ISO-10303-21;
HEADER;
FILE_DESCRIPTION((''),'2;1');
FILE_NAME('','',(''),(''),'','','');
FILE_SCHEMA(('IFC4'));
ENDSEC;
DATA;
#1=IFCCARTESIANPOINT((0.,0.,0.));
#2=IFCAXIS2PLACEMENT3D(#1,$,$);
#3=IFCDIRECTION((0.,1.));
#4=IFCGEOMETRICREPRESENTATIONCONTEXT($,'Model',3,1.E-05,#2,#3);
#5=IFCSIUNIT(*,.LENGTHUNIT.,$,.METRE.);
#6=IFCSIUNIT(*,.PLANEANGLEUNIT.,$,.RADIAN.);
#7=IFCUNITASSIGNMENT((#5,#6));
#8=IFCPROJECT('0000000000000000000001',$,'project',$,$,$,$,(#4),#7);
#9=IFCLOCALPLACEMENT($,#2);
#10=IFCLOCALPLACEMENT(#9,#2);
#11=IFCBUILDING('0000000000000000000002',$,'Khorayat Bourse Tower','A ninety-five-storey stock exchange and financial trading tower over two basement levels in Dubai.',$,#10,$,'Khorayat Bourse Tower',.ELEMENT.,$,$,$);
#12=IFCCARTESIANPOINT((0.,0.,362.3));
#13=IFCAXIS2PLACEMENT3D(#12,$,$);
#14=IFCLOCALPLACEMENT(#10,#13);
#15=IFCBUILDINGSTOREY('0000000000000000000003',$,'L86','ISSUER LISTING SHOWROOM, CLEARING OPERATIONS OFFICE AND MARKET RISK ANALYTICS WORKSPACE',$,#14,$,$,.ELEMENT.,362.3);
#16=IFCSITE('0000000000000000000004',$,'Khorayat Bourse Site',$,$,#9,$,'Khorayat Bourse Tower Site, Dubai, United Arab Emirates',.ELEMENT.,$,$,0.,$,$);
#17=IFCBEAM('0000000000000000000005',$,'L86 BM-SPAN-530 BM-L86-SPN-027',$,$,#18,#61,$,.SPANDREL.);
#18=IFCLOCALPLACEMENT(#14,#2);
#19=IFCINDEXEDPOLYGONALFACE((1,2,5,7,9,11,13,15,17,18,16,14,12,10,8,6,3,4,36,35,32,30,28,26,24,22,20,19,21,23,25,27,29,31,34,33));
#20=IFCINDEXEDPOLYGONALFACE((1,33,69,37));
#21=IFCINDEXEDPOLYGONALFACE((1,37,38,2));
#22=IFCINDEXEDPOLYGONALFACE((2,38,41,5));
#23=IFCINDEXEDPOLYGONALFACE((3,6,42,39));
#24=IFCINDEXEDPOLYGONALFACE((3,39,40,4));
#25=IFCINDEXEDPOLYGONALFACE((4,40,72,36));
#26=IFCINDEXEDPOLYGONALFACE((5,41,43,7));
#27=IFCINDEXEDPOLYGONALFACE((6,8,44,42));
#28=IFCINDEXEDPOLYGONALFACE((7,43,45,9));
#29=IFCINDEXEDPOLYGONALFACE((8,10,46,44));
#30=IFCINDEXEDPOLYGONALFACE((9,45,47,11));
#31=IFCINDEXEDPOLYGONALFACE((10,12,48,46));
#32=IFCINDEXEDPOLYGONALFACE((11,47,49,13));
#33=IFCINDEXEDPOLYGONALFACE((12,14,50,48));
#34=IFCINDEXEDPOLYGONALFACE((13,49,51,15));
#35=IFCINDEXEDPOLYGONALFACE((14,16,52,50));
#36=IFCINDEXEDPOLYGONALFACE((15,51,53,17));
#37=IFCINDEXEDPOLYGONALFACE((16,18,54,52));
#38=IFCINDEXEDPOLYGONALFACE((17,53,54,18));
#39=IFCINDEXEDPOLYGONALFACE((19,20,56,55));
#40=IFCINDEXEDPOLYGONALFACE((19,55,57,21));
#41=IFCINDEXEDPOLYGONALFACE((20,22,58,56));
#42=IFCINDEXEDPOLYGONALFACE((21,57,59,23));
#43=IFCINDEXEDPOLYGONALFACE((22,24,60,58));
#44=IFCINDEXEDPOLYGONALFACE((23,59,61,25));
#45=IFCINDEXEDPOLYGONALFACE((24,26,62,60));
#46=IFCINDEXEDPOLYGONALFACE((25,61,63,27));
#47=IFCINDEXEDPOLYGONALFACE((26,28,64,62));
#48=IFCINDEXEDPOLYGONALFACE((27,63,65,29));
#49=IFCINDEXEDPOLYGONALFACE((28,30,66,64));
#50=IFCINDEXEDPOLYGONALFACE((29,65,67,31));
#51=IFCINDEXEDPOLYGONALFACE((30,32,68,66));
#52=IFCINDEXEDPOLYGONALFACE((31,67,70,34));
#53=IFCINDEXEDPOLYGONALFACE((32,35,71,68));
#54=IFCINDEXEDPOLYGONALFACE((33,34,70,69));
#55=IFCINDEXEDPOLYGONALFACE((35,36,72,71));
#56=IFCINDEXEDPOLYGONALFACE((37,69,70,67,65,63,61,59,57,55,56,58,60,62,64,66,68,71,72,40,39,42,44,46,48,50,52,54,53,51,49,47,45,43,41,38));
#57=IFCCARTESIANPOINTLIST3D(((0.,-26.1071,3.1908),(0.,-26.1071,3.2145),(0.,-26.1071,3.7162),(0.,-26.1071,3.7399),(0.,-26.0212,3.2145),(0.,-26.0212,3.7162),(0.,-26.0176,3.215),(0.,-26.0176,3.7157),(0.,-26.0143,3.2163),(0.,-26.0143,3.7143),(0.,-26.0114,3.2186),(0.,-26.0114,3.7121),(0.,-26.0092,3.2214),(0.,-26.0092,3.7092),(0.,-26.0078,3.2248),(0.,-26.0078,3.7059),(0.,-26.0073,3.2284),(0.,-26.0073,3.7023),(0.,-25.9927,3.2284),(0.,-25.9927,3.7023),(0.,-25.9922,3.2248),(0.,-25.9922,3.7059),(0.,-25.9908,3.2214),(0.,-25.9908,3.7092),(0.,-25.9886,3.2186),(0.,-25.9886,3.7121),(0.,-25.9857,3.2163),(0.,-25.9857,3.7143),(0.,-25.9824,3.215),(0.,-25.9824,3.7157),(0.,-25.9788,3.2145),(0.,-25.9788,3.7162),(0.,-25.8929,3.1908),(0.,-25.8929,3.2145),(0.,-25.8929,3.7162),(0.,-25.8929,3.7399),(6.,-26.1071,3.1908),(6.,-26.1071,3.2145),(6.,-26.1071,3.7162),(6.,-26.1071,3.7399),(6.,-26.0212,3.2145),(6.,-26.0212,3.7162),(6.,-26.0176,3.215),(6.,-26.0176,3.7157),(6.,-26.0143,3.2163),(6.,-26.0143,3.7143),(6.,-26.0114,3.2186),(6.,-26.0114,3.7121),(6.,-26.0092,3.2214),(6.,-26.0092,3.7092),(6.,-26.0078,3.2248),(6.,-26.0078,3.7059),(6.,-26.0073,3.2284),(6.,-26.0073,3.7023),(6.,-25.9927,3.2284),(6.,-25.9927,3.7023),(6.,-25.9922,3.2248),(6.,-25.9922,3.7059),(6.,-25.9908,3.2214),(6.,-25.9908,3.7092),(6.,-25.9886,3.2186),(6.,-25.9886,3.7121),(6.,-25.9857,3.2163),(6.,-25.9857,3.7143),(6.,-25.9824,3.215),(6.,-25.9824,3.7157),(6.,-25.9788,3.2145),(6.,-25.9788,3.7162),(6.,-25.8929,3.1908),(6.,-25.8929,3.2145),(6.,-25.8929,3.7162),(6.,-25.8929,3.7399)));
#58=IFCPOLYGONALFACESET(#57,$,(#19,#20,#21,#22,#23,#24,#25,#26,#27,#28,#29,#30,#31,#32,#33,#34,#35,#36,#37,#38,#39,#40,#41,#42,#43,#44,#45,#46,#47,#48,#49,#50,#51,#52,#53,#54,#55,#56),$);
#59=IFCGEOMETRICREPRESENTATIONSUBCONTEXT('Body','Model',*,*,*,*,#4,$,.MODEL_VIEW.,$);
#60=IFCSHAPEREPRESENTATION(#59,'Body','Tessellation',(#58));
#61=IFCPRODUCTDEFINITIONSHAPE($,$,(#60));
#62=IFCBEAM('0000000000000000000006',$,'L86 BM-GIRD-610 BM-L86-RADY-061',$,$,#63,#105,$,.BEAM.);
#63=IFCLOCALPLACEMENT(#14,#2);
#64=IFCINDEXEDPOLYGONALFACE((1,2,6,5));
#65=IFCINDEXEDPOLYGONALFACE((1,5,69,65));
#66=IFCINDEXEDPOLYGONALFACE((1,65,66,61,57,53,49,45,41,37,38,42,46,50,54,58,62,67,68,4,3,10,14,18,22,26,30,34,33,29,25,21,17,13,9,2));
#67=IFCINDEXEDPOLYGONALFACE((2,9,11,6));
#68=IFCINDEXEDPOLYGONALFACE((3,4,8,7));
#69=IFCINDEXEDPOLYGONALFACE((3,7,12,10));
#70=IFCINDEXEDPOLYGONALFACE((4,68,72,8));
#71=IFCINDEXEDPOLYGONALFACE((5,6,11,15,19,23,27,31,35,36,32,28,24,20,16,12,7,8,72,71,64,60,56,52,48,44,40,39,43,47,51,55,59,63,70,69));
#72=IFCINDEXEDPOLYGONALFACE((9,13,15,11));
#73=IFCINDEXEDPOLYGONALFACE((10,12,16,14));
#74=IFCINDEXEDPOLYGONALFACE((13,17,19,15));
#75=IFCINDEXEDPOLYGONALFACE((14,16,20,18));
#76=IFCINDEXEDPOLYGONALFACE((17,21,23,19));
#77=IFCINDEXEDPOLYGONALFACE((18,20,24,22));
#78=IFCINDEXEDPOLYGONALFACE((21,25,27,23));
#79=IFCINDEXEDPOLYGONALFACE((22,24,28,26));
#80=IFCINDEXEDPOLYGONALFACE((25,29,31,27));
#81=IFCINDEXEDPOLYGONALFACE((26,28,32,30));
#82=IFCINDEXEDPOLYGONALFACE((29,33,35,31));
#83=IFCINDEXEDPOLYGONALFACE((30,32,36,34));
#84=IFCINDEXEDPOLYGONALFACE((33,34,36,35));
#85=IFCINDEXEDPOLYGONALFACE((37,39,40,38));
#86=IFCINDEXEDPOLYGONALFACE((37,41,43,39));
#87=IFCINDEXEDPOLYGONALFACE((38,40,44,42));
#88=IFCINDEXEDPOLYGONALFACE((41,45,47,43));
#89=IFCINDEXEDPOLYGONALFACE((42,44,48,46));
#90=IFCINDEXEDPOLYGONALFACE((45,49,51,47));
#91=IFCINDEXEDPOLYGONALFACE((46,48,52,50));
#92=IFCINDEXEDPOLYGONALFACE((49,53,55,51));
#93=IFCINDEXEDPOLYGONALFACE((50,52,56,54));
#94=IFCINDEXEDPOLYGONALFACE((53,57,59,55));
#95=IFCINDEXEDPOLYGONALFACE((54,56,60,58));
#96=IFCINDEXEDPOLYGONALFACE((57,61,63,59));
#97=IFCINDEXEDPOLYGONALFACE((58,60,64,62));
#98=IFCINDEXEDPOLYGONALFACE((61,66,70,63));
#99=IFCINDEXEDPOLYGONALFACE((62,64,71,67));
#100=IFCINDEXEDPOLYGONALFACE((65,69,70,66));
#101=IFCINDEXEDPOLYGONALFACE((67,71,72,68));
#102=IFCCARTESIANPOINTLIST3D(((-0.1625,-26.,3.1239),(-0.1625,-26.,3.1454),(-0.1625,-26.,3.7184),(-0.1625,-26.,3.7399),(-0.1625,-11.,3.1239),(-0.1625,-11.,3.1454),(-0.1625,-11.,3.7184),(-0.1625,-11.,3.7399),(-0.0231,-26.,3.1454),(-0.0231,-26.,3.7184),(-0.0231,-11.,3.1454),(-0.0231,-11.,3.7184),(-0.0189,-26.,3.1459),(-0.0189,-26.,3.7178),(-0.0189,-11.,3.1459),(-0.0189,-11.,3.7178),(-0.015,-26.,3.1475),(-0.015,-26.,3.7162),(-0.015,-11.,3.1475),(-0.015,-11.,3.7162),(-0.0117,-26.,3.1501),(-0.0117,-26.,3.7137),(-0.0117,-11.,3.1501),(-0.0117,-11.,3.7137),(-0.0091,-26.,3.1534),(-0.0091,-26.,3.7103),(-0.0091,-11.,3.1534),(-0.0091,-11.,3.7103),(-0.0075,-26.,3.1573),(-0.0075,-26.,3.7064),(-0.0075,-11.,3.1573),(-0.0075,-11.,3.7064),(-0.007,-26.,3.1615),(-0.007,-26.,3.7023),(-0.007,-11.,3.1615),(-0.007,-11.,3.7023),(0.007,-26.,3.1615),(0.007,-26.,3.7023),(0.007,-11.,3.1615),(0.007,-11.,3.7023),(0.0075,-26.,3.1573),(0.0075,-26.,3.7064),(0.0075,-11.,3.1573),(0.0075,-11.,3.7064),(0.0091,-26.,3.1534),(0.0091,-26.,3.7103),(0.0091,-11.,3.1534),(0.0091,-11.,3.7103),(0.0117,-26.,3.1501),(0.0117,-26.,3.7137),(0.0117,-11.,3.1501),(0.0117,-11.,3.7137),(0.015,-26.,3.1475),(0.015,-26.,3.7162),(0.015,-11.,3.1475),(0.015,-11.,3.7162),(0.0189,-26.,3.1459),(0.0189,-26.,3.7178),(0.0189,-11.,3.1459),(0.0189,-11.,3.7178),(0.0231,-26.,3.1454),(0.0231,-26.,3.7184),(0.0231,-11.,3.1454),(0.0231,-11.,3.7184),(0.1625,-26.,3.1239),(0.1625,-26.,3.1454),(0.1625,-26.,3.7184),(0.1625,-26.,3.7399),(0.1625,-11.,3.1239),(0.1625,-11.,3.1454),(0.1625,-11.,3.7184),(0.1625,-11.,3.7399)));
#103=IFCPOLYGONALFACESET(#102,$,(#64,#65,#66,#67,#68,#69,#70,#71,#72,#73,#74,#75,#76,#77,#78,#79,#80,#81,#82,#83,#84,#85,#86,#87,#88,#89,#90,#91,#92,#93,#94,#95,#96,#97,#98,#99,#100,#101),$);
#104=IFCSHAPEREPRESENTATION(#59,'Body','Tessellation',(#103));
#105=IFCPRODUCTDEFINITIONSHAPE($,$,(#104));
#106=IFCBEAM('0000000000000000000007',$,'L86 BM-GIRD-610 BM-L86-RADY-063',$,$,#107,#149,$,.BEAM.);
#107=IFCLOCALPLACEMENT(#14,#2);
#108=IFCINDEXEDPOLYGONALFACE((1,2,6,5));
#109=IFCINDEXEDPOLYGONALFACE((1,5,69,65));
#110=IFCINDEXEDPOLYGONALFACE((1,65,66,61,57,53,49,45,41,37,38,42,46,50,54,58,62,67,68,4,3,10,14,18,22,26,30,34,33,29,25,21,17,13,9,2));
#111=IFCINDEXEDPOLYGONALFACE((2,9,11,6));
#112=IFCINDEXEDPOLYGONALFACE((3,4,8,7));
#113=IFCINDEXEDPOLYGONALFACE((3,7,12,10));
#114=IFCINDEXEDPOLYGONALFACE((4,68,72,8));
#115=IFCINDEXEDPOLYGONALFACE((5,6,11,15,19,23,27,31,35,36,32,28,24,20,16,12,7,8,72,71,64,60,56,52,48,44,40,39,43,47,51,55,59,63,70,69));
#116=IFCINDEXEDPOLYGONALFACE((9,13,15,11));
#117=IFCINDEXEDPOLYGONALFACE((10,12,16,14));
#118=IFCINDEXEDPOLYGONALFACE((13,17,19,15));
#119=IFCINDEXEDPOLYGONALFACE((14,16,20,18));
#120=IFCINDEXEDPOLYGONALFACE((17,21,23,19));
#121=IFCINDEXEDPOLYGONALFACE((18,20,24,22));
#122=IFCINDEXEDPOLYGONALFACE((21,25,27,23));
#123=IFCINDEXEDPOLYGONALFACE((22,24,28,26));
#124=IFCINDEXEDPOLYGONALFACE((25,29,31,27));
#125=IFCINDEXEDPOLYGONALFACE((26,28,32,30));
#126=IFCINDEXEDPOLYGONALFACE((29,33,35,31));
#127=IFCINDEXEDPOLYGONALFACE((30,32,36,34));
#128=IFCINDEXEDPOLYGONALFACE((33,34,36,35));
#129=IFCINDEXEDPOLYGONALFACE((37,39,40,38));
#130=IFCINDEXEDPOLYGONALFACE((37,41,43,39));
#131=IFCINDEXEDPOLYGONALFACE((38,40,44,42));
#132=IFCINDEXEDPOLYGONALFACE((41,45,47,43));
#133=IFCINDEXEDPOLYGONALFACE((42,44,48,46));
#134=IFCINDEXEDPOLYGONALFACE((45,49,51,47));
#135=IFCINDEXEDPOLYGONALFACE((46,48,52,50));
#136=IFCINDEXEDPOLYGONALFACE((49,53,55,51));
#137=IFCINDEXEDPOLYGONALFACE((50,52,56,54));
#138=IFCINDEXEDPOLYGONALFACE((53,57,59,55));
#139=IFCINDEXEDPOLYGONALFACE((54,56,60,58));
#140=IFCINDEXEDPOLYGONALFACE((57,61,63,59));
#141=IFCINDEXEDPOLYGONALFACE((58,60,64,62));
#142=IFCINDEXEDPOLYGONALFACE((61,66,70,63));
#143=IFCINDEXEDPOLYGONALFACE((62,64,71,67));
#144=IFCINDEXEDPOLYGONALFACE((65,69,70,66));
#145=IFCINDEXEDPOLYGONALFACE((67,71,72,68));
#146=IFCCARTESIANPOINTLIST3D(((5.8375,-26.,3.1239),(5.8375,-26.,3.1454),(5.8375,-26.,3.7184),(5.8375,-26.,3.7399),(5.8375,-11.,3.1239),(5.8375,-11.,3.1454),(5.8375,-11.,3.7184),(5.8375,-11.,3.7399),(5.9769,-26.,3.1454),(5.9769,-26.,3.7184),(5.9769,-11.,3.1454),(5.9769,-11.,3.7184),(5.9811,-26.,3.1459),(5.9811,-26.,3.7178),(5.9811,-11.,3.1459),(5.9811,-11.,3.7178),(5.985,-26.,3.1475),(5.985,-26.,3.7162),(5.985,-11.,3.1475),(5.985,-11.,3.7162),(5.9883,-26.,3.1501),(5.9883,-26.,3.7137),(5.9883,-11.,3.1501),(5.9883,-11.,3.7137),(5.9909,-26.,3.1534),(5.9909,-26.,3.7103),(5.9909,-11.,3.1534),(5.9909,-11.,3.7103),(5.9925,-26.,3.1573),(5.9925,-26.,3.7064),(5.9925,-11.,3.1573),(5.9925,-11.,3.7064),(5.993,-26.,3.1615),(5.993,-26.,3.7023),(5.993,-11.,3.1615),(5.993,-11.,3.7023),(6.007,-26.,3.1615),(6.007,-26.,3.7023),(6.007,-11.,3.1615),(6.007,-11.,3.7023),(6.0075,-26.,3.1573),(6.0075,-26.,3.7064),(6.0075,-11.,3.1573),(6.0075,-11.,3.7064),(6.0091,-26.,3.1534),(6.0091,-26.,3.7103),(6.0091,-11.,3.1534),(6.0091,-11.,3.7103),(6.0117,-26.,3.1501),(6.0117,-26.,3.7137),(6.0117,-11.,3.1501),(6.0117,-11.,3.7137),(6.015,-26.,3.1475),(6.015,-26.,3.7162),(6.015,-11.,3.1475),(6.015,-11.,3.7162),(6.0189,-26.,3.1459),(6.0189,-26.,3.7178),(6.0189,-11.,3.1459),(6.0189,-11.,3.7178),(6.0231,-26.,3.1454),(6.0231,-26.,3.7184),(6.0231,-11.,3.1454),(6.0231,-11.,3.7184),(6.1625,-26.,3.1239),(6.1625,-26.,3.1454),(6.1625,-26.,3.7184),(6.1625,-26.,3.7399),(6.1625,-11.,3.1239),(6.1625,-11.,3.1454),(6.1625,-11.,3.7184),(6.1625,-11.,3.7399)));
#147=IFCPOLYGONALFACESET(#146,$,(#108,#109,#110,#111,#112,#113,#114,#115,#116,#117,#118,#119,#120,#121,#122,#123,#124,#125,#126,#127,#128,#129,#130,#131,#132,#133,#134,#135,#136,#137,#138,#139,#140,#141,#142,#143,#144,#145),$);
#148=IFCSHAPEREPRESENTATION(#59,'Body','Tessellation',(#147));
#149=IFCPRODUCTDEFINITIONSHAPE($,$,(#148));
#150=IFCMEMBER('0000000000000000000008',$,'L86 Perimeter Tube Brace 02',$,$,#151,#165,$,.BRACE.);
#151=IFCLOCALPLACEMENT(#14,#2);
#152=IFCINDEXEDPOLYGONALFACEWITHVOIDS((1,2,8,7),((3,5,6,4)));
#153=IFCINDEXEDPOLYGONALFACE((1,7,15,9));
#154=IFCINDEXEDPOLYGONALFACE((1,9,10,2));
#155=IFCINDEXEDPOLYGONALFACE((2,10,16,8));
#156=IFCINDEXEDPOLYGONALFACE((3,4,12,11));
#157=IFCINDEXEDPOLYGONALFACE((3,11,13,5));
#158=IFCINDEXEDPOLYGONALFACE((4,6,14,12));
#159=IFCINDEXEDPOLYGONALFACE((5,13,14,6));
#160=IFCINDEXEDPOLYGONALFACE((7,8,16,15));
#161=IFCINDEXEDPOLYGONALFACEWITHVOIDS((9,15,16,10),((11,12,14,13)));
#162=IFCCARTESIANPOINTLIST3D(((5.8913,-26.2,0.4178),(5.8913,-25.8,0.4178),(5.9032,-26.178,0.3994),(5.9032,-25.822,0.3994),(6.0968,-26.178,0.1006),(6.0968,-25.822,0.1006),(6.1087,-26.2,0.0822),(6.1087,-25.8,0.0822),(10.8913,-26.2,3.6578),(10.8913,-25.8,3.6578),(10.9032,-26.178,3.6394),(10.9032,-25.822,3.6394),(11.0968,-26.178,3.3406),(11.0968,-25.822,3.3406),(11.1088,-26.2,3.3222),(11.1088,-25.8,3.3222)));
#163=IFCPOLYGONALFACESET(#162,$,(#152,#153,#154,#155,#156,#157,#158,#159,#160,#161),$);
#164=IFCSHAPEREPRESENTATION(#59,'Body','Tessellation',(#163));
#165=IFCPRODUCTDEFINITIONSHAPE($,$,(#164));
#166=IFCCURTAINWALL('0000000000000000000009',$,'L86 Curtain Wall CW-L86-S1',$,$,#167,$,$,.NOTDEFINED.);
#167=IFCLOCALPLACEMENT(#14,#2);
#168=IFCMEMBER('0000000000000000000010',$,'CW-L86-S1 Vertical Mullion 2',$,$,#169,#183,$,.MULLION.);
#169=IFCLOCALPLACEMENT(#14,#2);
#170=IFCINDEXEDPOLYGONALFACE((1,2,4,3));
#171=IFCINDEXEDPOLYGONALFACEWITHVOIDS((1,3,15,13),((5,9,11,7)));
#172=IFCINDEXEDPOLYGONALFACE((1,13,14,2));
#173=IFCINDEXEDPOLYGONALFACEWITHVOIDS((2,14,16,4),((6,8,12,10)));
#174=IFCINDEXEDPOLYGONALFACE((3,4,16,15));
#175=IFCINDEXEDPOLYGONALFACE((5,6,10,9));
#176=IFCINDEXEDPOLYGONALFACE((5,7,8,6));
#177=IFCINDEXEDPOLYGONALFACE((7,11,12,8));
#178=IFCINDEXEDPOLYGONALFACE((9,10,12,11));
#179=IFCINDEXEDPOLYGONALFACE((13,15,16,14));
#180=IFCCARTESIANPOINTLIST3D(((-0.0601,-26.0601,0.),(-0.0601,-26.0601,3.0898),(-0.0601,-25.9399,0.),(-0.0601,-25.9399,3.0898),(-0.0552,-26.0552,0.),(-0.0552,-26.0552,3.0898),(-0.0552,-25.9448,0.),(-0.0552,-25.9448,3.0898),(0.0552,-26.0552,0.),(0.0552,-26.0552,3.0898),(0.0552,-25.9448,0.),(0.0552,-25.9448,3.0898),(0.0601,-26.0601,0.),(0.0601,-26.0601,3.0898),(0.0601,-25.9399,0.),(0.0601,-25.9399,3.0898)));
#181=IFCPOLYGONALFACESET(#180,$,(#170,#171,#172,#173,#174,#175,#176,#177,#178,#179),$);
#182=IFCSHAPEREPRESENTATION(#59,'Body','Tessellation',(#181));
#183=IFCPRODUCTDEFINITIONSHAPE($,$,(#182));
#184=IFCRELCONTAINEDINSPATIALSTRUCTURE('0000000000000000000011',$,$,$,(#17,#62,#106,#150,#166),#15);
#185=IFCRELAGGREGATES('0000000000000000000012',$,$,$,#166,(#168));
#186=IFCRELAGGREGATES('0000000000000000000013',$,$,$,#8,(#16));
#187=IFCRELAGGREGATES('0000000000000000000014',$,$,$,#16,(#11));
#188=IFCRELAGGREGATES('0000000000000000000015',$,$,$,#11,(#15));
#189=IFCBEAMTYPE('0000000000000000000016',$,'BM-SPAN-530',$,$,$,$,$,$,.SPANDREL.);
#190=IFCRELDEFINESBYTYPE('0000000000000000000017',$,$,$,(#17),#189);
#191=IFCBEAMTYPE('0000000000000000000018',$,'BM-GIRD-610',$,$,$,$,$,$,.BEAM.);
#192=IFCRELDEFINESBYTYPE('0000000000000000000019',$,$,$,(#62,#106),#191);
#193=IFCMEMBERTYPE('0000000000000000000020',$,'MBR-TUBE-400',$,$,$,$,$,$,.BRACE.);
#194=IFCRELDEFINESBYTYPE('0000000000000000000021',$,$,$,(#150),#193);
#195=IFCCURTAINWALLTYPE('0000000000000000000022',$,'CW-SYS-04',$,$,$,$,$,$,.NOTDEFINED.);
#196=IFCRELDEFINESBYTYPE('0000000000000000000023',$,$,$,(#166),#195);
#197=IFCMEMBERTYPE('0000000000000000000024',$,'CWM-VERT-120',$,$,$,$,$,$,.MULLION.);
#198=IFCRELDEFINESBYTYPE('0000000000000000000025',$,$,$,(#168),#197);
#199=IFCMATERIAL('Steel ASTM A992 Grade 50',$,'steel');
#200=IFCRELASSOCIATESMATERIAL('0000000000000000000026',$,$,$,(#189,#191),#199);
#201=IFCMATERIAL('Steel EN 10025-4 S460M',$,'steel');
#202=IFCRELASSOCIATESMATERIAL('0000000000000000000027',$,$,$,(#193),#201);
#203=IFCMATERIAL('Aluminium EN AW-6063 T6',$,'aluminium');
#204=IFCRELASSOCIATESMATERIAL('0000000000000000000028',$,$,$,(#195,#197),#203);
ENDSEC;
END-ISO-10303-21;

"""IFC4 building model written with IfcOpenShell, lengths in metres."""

from ifc_helpers import new_model, si_unit, direction, frame, origin, origin_2d, place, context, subcontext, project, spatial, hollow_rectangle, i_section, extrude, source, transform, mapped, material, material_profile, profile_set, type_object, element, aggregate, save


model = new_model("IFC4")

# Units and contexts
model_context = context("Model", 3, precision=1e-05, world=origin(), true_north=direction((0.0, 1.0)))
body_context = subcontext(model_context, "Body", "Model", "MODEL_VIEW")
ifc_project = project(units=[si_unit("LENGTHUNIT", "METRE"), si_unit("PLANEANGLEUNIT", "RADIAN")], contexts=[model_context])

# Site, building, storey
site_placement = place(None, origin())
site = spatial("IfcSite", under=ifc_project, at=site_placement, Name="Khorayat Bourse Site", LongName="Khorayat Bourse Tower Site, Dubai, United Arab Emirates", CompositionType="ELEMENT", RefElevation=0.0)
building_placement = place(site_placement, origin())
building = spatial("IfcBuilding", under=site, at=building_placement, Name="Khorayat Bourse Tower", Description="A ninety-five-storey stock exchange and financial trading tower over two basement levels in Dubai.", LongName="Khorayat Bourse Tower", CompositionType="ELEMENT")
storey_placement = place(building_placement, frame((0.0, 0.0, 362.3)))
storey = spatial("IfcBuildingStorey", under=building, at=storey_placement, Name="L86", Description="ISSUER LISTING SHOWROOM, CLEARING OPERATIONS OFFICE AND MARKET RISK ANALYTICS WORKSPACE", CompositionType="ELEMENT", Elevation=362.3)

# Beams
ifc_material_1 = material(Name="Steel ASTM A992 Grade 50", Category="steel")
ifc_material_profile_1 = material_profile(ifc_material_1, i_section(OverallWidth=0.2141, OverallDepth=0.5491, WebThickness=0.0146, FlangeThickness=0.0237, FilletRadius=0.0139, at=origin_2d()), Name="W530X138")
ifc_profile_set_1 = profile_set([ifc_material_profile_1], Name="Steel ASTM A992 Grade 50")
beam_type_1 = type_object("IfcBeamType", Name="BM-SPAN-530", PredefinedType="SPANDREL", material=ifc_profile_set_1)
shared_shape_1 = source(origin(), body_context, "Body", "SweptSolid", [
    extrude(i_section(OverallWidth=0.2141, OverallDepth=0.5491, WebThickness=0.0146, FlangeThickness=0.0237, FilletRadius=0.0139, at=origin_2d()), origin(), (0.0, 0.0, 1.0), 6.0),
])
beam_1_placement = place(storey_placement, frame((0.0, -26.0, 3.4653), z_axis=(1.0, 0.0, 0.0), x_axis=(0.0, 1.0, 0.0)))
element("IfcBeam", 1, at=beam_1_placement, inside=storey, type_object=beam_type_1, Name="L86 BM-SPAN-530 BM-L86-SPN-027", PredefinedType="SPANDREL", context=body_context, shape_type="MappedRepresentation", body=[
    mapped(shared_shape_1, transform((0.0, 0.0, 0.0), scale=1.0)),
])
ifc_material_profile_2 = material_profile(ifc_material_1, i_section(OverallWidth=0.325, OverallDepth=0.616, WebThickness=0.0139, FlangeThickness=0.0215, FilletRadius=0.0161, at=origin_2d()), Name="W610X174")
ifc_profile_set_2 = profile_set([ifc_material_profile_2], Name="Steel ASTM A992 Grade 50")
beam_type_2 = type_object("IfcBeamType", Name="BM-GIRD-610", PredefinedType="BEAM", material=ifc_profile_set_2)
shared_shape_2 = source(origin(), body_context, "Body", "SweptSolid", [
    extrude(i_section(OverallWidth=0.325, OverallDepth=0.616, WebThickness=0.0139, FlangeThickness=0.0215, FilletRadius=0.0161, at=origin_2d()), origin(), (0.0, 0.0, 1.0), 15.0),
])
for number, where, z_axis, x_axis, name in (
    (2, (0.0, -26.0, 3.4319), (0.0, 1.0, 0.0), (-1.0, 0.0, 0.0), "L86 BM-GIRD-610 BM-L86-RADY-061"),
    (3, (6.0, -26.0, 3.4319), (0.0, 1.0, 0.0), (-1.0, 0.0, 0.0), "L86 BM-GIRD-610 BM-L86-RADY-063"),
):
    element("IfcBeam", number, at=place(storey_placement, frame(where, z_axis=z_axis, x_axis=x_axis)), inside=storey, type_object=beam_type_2, Name=name, PredefinedType="BEAM", context=body_context, shape_type="MappedRepresentation", body=[
        mapped(shared_shape_2, transform((0.0, 0.0, 0.0), scale=1.0)),
    ])

# Member
ifc_material_2 = material(Name="Steel EN 10025-4 S460M", Category="steel")
ifc_material_profile_3 = material_profile(ifc_material_2, hollow_rectangle(XDim=0.3999, YDim=0.3999, WallThickness=0.022, at=origin_2d()), Name="HSS 400x400x22")
ifc_profile_set_3 = profile_set([ifc_material_profile_3], Name="Steel EN 10025-4 S460M")
member_type_1 = type_object("IfcMemberType", Name="MBR-TUBE-400", PredefinedType="BRACE", material=ifc_profile_set_3)
shared_shape_3 = source(origin(), body_context, "Body", "SweptSolid", [
    extrude(hollow_rectangle(XDim=0.3999, YDim=0.3999, WallThickness=0.022, at=origin_2d()), origin(), (0.0, 0.0, 1.0), 5.958),
])
member_1_placement = place(storey_placement, frame((6.0, -26.0, 0.25), z_axis=(0.83921, 0.0, 0.543807), x_axis=(0.0, 1.0, 0.0)))
element("IfcMember", 4, at=member_1_placement, inside=storey, type_object=member_type_1, Name="L86 Perimeter Tube Brace 02", PredefinedType="BRACE", context=body_context, shape_type="MappedRepresentation", body=[
    mapped(shared_shape_3, transform((0.0, 0.0, 0.0), scale=1.0)),
])

# Curtain wall, member
ifc_material_3 = material(Name="Aluminium EN AW-6063 T6", Category="aluminium")
curtain_wall_type = type_object("IfcCurtainWallType", Name="CW-SYS-04", PredefinedType="NOTDEFINED", material=ifc_material_3)
curtain_wall_placement = place(storey_placement, origin())
curtain_wall = element("IfcCurtainWall", 5, at=curtain_wall_placement, inside=storey, type_object=curtain_wall_type, Name="L86 Curtain Wall CW-L86-S1", PredefinedType="NOTDEFINED")
ifc_material_profile_4 = material_profile(ifc_material_3, hollow_rectangle(XDim=0.1201, YDim=0.1201, WallThickness=0.0049, at=origin_2d()), Name="ALU 120x120x5")
ifc_profile_set_4 = profile_set([ifc_material_profile_4], Name="Aluminium EN AW-6063 T6")
member_type_2 = type_object("IfcMemberType", Name="CWM-VERT-120", PredefinedType="MULLION", material=ifc_profile_set_4)
shared_shape_4 = source(origin(), body_context, "Body", "SweptSolid", [
    extrude(hollow_rectangle(XDim=0.1201, YDim=0.1201, WallThickness=0.0049, at=origin_2d()), origin(), (0.0, 0.0, 1.0), 3.0898),
])
member_2_placement = place(storey_placement, frame((0.0, -26.0, 0.0), z_axis=(0.0, 0.0, 1.0), x_axis=(0.0, 1.0, 0.0)))
member_2 = element("IfcMember", 6, at=member_2_placement, type_object=member_type_2, Name="CW-L86-S1 Vertical Mullion 2", PredefinedType="MULLION", context=body_context, shape_type="MappedRepresentation", body=[
    mapped(shared_shape_4, transform((0.0, 0.0, 0.0), scale=1.0)),
])

aggregate(curtain_wall, [member_2])

save(model, "model.ifc")
